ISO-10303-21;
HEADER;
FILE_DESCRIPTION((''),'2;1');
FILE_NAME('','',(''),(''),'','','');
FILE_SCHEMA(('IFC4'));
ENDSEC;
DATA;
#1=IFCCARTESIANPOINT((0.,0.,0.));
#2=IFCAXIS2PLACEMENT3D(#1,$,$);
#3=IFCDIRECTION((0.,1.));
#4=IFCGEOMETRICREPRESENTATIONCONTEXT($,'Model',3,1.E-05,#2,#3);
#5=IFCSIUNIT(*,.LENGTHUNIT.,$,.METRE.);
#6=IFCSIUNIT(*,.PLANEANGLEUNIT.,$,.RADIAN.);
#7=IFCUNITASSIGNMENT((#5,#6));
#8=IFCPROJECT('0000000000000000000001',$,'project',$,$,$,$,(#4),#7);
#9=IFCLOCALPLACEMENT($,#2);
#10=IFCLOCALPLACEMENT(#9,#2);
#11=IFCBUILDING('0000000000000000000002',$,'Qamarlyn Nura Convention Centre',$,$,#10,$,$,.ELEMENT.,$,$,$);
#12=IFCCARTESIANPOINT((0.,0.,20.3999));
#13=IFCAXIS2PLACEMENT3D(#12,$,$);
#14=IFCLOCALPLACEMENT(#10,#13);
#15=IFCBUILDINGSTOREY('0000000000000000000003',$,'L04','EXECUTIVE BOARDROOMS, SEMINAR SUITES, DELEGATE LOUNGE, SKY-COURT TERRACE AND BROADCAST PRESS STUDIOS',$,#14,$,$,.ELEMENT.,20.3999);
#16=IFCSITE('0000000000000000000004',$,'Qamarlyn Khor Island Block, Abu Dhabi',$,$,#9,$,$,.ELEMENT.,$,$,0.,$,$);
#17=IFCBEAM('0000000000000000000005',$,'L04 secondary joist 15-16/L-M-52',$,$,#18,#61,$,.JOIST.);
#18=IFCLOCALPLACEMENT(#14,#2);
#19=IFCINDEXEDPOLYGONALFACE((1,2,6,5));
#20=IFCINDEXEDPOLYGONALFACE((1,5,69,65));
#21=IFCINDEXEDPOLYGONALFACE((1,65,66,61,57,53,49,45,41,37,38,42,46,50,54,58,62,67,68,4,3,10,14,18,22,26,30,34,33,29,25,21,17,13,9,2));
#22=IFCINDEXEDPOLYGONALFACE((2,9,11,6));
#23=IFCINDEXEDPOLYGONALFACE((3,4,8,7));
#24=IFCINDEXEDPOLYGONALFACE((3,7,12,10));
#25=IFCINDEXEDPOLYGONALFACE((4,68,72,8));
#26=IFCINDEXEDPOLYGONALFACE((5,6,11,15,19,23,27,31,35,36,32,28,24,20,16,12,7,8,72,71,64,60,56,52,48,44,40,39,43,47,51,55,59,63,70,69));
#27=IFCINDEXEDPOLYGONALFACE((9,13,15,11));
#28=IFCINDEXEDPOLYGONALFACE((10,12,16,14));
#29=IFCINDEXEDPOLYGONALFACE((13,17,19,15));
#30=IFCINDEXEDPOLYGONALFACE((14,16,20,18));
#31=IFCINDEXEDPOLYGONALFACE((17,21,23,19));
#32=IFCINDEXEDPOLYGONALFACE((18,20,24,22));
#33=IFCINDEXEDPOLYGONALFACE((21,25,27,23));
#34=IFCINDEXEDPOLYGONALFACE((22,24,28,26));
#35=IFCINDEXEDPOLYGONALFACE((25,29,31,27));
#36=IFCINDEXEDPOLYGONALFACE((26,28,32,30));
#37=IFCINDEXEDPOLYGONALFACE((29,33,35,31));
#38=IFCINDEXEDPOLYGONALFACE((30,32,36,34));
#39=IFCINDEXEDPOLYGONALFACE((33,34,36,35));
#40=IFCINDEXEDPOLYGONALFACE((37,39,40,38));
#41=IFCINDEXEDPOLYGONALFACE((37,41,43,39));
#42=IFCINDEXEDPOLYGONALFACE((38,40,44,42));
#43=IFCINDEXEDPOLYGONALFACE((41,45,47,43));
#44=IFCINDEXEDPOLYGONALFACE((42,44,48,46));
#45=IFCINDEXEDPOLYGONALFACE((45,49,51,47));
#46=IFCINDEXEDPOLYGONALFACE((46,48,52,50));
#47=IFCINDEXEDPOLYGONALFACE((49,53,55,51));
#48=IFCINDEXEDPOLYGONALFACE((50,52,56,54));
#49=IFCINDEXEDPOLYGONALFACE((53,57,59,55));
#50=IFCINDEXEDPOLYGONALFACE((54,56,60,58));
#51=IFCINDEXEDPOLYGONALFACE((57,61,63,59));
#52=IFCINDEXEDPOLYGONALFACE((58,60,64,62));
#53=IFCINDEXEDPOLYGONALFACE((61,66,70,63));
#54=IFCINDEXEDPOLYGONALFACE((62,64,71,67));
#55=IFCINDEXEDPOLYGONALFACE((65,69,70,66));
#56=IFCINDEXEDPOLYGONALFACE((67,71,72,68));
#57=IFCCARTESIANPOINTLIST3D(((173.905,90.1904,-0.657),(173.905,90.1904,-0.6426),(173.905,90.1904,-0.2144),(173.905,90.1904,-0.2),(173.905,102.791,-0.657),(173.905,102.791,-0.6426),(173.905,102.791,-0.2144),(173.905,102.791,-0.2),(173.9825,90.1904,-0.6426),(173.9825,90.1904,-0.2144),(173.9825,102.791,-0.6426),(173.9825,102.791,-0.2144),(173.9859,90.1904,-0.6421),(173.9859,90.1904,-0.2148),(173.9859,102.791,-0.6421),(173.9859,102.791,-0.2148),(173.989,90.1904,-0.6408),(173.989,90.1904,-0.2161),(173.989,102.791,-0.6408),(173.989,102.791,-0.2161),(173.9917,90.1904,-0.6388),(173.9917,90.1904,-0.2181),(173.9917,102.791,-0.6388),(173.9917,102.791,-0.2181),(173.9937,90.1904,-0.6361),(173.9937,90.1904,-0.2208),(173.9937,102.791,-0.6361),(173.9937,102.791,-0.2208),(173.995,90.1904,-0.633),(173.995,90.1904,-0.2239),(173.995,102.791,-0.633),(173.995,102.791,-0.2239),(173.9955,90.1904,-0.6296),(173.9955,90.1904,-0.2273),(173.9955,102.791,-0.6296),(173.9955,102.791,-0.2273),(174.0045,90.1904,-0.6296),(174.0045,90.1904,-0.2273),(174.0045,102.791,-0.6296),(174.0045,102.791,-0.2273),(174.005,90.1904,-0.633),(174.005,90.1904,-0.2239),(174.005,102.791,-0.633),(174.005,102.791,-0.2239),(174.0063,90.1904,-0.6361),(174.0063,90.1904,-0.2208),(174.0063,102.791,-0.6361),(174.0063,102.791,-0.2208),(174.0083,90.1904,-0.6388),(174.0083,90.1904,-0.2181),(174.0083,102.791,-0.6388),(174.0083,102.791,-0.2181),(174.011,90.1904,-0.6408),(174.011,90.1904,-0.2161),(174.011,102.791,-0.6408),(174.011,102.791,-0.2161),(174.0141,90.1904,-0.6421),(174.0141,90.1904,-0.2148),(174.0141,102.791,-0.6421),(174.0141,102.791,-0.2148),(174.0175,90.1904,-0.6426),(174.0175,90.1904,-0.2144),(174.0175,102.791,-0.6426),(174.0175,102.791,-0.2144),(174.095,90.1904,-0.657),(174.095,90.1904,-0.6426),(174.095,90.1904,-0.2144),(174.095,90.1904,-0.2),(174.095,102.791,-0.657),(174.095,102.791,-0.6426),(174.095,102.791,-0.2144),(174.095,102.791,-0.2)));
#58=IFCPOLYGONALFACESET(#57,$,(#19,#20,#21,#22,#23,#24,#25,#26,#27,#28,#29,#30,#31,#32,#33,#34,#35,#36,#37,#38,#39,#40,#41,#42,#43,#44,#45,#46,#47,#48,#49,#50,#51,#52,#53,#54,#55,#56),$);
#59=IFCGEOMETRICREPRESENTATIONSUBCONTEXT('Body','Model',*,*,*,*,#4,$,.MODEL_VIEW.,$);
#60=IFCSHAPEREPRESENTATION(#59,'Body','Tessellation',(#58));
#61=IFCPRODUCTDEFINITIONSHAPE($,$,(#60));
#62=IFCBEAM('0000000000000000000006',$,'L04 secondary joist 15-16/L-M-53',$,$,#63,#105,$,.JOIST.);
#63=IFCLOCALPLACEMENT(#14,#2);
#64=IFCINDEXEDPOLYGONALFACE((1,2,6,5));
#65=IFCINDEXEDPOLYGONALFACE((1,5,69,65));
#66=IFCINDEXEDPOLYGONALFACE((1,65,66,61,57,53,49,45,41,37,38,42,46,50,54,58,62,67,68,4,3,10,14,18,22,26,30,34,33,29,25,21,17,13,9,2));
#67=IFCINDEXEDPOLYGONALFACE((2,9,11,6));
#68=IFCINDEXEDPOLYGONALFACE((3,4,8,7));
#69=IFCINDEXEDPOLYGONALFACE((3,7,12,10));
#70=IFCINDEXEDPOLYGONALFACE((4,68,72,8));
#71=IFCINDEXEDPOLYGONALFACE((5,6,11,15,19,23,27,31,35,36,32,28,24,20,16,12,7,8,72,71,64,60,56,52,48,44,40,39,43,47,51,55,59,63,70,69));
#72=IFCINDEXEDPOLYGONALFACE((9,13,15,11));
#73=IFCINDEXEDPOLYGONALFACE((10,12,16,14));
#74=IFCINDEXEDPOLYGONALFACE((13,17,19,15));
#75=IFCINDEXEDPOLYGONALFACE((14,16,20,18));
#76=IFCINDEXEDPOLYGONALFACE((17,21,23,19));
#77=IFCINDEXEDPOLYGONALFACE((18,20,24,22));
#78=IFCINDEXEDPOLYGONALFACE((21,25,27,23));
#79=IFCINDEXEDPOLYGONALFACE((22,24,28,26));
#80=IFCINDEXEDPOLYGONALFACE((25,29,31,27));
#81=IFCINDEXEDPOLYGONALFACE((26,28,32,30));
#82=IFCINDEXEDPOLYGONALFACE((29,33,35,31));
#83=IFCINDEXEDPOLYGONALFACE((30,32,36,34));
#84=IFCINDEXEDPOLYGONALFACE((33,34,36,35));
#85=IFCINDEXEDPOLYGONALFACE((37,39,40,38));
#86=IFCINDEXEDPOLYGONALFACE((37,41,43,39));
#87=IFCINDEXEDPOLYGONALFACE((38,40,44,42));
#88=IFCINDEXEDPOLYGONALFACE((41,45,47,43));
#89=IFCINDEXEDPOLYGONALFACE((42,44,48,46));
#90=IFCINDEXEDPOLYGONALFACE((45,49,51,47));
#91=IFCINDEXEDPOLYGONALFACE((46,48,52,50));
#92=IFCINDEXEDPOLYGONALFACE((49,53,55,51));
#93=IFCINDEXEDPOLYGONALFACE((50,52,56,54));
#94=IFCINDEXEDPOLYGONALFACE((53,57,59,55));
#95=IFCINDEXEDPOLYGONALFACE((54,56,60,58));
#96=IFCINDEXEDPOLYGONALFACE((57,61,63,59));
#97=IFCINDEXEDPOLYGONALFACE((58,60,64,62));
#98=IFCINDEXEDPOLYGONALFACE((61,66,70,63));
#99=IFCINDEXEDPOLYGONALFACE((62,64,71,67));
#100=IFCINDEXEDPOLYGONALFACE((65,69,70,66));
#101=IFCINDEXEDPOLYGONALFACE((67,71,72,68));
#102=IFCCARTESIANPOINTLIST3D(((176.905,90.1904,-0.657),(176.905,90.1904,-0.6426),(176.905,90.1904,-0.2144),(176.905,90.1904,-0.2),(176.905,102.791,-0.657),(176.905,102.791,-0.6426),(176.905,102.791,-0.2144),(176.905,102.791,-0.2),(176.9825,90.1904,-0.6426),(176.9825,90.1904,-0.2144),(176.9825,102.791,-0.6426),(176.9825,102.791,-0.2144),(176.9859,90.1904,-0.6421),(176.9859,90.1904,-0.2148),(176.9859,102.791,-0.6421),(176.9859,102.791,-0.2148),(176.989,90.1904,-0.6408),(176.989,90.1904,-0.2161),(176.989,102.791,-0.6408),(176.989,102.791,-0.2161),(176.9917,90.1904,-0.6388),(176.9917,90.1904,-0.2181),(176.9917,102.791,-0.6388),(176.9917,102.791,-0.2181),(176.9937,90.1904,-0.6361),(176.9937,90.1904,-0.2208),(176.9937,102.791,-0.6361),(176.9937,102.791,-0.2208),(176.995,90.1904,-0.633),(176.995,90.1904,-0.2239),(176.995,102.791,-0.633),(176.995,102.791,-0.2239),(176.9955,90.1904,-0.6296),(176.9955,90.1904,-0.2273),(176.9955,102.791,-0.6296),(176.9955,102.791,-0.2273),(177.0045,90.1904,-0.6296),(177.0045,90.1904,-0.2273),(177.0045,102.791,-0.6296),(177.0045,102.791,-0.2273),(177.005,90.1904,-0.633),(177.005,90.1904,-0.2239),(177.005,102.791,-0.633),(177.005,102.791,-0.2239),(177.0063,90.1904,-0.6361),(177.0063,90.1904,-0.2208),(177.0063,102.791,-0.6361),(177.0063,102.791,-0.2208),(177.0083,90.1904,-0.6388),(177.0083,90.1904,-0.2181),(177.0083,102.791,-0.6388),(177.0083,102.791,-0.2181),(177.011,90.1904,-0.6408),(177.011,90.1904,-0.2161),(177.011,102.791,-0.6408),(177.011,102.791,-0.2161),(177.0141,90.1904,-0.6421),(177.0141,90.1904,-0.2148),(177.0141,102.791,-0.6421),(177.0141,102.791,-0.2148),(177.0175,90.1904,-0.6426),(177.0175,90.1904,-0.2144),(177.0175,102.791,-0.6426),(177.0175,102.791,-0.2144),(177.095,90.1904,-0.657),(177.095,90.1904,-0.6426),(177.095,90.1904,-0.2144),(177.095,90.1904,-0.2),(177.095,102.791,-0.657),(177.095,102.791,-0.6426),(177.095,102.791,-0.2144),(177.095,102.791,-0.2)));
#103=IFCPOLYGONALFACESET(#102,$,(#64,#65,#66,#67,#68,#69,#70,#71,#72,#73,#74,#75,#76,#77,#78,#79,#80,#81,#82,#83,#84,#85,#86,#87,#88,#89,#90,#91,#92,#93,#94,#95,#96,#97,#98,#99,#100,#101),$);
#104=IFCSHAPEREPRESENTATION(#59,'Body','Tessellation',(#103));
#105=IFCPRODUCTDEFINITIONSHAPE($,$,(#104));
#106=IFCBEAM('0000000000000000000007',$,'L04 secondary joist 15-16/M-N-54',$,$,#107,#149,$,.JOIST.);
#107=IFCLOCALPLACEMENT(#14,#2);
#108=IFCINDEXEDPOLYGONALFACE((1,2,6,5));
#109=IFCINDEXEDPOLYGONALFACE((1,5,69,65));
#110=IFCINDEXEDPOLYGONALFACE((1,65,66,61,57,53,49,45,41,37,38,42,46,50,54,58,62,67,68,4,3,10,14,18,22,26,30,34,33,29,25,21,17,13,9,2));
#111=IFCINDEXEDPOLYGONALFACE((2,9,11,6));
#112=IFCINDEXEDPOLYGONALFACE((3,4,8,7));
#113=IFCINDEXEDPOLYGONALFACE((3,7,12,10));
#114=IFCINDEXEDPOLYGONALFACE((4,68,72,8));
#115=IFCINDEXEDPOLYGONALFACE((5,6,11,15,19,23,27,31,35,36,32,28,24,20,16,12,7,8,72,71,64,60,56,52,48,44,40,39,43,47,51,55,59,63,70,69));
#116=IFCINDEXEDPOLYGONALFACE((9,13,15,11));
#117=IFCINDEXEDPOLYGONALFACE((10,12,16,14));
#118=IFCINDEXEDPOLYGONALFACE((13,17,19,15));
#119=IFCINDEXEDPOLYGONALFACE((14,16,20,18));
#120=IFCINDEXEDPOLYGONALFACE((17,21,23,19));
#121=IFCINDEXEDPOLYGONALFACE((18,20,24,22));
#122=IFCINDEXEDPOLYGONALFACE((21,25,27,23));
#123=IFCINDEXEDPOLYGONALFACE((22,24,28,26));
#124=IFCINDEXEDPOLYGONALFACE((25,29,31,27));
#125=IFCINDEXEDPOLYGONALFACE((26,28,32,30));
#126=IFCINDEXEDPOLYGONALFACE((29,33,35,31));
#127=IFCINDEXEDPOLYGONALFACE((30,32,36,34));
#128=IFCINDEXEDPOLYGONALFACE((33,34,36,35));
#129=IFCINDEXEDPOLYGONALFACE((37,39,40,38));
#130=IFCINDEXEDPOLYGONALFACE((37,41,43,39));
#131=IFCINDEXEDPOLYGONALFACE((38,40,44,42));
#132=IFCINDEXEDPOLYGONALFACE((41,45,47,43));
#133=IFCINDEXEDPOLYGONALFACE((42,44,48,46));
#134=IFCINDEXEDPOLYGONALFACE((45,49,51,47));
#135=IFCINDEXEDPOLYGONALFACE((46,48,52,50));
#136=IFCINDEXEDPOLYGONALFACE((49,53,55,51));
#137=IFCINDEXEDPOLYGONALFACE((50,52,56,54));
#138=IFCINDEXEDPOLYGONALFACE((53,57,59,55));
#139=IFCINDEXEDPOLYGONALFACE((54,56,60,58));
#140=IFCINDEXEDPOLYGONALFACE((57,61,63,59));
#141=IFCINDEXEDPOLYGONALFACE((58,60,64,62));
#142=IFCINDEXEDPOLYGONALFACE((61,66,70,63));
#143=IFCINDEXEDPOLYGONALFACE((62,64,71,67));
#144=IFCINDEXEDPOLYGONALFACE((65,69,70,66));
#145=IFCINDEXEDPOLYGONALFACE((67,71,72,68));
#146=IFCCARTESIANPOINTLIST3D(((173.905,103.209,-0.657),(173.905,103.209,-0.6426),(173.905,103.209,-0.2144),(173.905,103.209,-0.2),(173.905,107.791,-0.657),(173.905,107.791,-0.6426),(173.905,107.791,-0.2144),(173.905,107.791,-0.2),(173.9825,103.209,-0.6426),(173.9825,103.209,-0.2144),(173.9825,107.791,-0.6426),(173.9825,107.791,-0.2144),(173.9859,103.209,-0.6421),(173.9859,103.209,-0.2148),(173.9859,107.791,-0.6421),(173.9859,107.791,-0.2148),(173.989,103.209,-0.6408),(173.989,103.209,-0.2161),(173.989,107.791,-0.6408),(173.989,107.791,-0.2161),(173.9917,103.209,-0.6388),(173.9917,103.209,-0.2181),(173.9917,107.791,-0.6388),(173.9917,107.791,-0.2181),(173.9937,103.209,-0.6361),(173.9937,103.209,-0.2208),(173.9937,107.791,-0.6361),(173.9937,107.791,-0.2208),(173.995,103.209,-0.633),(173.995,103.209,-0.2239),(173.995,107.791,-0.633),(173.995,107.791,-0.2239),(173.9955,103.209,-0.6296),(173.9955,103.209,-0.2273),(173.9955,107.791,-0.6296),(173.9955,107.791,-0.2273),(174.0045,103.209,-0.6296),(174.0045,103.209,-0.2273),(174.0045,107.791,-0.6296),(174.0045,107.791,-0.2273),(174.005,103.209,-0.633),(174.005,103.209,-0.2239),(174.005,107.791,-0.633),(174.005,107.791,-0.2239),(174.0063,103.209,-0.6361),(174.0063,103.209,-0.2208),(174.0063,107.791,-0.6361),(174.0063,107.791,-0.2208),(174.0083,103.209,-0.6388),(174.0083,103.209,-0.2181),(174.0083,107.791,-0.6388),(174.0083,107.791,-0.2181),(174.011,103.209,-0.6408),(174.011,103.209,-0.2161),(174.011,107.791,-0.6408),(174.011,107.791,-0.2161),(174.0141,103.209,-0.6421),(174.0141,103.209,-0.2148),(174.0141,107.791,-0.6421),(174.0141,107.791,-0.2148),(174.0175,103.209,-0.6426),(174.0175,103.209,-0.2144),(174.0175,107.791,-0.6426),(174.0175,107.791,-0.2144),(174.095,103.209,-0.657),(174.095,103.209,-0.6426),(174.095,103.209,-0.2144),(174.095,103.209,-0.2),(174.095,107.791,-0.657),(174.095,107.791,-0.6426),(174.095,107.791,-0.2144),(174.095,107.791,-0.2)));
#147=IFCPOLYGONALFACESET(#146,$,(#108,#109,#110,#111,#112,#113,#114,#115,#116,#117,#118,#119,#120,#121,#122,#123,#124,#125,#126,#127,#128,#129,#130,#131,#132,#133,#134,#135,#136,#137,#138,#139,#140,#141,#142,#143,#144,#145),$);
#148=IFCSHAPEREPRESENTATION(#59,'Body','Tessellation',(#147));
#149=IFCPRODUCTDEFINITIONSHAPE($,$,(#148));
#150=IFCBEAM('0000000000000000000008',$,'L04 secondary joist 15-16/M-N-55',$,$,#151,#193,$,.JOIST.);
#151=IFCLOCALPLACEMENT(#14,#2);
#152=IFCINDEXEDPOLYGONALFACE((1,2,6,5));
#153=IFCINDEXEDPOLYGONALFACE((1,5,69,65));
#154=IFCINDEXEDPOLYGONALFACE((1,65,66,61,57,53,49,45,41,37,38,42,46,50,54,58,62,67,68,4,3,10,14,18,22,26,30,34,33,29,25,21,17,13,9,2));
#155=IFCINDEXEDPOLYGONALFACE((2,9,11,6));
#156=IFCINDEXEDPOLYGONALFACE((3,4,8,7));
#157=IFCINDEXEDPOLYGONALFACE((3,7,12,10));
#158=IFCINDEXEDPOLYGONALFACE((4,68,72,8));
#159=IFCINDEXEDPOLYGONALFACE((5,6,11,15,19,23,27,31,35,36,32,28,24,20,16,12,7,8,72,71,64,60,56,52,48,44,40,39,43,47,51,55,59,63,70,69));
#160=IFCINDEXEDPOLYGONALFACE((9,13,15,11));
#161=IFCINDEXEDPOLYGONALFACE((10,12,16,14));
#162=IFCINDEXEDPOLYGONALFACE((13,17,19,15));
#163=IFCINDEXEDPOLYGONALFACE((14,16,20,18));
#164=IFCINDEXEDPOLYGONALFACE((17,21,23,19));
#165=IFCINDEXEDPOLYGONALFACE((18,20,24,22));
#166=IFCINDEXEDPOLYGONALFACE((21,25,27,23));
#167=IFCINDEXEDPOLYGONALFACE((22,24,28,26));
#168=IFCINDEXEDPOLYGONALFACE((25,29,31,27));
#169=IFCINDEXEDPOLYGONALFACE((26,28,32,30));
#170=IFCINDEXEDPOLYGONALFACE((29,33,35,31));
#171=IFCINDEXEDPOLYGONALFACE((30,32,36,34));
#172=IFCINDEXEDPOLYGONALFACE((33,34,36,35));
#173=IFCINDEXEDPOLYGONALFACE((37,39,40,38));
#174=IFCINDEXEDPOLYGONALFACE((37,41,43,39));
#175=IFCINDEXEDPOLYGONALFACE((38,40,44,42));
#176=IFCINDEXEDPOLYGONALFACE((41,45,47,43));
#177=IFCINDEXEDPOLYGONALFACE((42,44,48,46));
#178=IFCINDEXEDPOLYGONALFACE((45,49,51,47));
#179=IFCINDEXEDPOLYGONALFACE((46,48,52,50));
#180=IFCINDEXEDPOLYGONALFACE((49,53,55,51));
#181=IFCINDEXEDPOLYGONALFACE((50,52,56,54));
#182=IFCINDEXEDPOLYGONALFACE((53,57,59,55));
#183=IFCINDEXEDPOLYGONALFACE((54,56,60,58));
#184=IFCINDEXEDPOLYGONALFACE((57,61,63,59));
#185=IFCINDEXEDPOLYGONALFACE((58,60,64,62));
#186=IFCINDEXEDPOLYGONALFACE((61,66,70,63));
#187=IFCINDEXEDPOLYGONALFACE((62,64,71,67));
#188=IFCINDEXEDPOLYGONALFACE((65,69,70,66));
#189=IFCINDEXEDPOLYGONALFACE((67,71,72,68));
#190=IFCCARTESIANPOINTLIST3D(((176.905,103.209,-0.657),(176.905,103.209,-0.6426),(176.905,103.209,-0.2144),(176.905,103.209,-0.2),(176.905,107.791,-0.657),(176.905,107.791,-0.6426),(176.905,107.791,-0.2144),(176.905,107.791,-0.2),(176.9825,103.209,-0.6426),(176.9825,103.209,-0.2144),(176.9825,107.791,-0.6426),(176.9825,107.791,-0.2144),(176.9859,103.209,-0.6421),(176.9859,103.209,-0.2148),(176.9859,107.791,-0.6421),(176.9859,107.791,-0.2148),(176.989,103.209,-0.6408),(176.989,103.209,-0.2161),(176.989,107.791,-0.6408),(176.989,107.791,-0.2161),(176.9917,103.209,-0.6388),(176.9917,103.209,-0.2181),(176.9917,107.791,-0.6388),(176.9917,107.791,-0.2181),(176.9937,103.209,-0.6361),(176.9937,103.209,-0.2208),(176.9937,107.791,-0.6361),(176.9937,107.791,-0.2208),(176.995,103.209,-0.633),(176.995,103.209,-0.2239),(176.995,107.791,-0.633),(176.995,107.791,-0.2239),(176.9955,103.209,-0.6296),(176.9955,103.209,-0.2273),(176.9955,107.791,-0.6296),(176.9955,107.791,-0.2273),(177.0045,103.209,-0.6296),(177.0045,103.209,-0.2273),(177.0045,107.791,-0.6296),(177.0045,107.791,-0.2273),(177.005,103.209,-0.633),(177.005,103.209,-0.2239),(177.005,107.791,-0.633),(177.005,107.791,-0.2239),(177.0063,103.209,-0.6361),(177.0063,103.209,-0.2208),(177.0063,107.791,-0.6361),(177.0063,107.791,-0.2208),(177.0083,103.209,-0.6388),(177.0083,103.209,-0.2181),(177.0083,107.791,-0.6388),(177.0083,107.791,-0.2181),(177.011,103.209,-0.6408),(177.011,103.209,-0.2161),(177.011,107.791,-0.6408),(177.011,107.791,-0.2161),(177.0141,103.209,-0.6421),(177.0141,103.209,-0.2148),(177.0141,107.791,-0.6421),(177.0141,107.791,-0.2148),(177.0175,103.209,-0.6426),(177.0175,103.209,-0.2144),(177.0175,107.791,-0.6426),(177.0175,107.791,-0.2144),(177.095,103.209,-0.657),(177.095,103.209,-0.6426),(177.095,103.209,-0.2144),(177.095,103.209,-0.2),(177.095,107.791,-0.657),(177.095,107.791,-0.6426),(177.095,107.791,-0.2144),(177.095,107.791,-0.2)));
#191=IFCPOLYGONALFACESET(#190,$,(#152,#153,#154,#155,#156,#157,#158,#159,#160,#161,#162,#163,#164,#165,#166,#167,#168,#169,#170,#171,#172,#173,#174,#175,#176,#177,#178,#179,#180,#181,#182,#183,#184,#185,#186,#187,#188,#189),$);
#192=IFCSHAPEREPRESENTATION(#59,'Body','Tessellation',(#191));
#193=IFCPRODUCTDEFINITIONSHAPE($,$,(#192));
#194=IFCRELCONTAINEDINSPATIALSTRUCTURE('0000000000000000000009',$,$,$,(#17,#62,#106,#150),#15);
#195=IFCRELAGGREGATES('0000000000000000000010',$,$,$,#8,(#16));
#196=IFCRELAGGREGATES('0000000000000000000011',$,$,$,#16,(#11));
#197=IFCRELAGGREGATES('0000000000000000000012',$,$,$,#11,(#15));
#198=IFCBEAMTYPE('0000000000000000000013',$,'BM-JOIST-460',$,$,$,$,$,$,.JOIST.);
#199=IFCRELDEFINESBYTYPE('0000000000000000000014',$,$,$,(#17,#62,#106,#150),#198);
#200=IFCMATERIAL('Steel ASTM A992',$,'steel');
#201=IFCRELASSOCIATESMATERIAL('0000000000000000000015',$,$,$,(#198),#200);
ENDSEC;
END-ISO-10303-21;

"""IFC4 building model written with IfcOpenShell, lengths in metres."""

from ifc_helpers import new_model, si_unit, direction, frame, origin, origin_2d, place, context, subcontext, project, spatial, i_section, extrude, material, material_profile, profile_set, type_object, element, save


model = new_model("IFC4")

# Units and contexts
model_context = context("Model", 3, precision=1e-05, world=origin(), true_north=direction((0.0, 1.0)))
body_context = subcontext(model_context, "Body", "Model", "MODEL_VIEW")
ifc_project = project(units=[si_unit("LENGTHUNIT", "METRE"), si_unit("PLANEANGLEUNIT", "RADIAN")], contexts=[model_context])

# Site, building, storey
site_placement = place(None, origin())
site = spatial("IfcSite", under=ifc_project, at=site_placement, Name="Qamarlyn Khor Island Block, Abu Dhabi", CompositionType="ELEMENT", RefElevation=0.0)
building_placement = place(site_placement, origin())
building = spatial("IfcBuilding", under=site, at=building_placement, Name="Qamarlyn Nura Convention Centre", CompositionType="ELEMENT")
storey_placement = place(building_placement, frame((0.0, 0.0, 20.3999)))
storey = spatial("IfcBuildingStorey", under=building, at=storey_placement, Name="L04", Description="EXECUTIVE BOARDROOMS, SEMINAR SUITES, DELEGATE LOUNGE, SKY-COURT TERRACE AND BROADCAST PRESS STUDIOS", CompositionType="ELEMENT", Elevation=20.3999)

# Shared definitions
ifc_material_1 = material(Name="Steel ASTM A992", Category="steel")

# Beams
ifc_material_profile_1 = material_profile(ifc_material_1, i_section(OverallWidth=0.1899, OverallDepth=0.457, WebThickness=0.009, FlangeThickness=0.0144, FilletRadius=0.0129, at=origin_2d()), Name="W460X74")
ifc_profile_set_1 = profile_set([ifc_material_profile_1], Name="Steel ASTM A992")
beam_type_1 = type_object("IfcBeamType", Name="BM-JOIST-460", PredefinedType="JOIST", material=ifc_profile_set_1)
for number, where, z_axis, x_axis, name in (
    (1, (174.0, 90.1904, -0.4285), (0.0, 1.0, 0.0), (-1.0, 0.0, 0.0), "L04 secondary joist 15-16/L-M-52"),
    (2, (177.0, 90.1904, -0.4285), (0.0, 1.0, 0.0), (-1.0, 0.0, 0.0), "L04 secondary joist 15-16/L-M-53"),
):
    element("IfcBeam", number, at=place(storey_placement, frame(where, z_axis=z_axis, x_axis=x_axis)), inside=storey, type_object=beam_type_1, Name=name, PredefinedType="JOIST", context=body_context, shape_type="SweptSolid", body=[
        extrude(i_section(OverallWidth=0.1899, OverallDepth=0.457, WebThickness=0.009, FlangeThickness=0.0144, FilletRadius=0.0129, at=origin_2d()), origin(), (0.0, 0.0, 1.0), 12.6006),
    ])
for number, where, z_axis, x_axis, name in (
    (3, (174.0, 103.209, -0.4285), (0.0, 1.0, 0.0), (-1.0, 0.0, 0.0), "L04 secondary joist 15-16/M-N-54"),
    (4, (177.0, 103.209, -0.4285), (0.0, 1.0, 0.0), (-1.0, 0.0, 0.0), "L04 secondary joist 15-16/M-N-55"),
):
    element("IfcBeam", number, at=place(storey_placement, frame(where, z_axis=z_axis, x_axis=x_axis)), inside=storey, type_object=beam_type_1, Name=name, PredefinedType="JOIST", context=body_context, shape_type="SweptSolid", body=[
        extrude(i_section(OverallWidth=0.1899, OverallDepth=0.457, WebThickness=0.009, FlangeThickness=0.0144, FilletRadius=0.0129, at=origin_2d()), origin(), (0.0, 0.0, 1.0), 4.582),
    ])

save(model, "model.ifc")
